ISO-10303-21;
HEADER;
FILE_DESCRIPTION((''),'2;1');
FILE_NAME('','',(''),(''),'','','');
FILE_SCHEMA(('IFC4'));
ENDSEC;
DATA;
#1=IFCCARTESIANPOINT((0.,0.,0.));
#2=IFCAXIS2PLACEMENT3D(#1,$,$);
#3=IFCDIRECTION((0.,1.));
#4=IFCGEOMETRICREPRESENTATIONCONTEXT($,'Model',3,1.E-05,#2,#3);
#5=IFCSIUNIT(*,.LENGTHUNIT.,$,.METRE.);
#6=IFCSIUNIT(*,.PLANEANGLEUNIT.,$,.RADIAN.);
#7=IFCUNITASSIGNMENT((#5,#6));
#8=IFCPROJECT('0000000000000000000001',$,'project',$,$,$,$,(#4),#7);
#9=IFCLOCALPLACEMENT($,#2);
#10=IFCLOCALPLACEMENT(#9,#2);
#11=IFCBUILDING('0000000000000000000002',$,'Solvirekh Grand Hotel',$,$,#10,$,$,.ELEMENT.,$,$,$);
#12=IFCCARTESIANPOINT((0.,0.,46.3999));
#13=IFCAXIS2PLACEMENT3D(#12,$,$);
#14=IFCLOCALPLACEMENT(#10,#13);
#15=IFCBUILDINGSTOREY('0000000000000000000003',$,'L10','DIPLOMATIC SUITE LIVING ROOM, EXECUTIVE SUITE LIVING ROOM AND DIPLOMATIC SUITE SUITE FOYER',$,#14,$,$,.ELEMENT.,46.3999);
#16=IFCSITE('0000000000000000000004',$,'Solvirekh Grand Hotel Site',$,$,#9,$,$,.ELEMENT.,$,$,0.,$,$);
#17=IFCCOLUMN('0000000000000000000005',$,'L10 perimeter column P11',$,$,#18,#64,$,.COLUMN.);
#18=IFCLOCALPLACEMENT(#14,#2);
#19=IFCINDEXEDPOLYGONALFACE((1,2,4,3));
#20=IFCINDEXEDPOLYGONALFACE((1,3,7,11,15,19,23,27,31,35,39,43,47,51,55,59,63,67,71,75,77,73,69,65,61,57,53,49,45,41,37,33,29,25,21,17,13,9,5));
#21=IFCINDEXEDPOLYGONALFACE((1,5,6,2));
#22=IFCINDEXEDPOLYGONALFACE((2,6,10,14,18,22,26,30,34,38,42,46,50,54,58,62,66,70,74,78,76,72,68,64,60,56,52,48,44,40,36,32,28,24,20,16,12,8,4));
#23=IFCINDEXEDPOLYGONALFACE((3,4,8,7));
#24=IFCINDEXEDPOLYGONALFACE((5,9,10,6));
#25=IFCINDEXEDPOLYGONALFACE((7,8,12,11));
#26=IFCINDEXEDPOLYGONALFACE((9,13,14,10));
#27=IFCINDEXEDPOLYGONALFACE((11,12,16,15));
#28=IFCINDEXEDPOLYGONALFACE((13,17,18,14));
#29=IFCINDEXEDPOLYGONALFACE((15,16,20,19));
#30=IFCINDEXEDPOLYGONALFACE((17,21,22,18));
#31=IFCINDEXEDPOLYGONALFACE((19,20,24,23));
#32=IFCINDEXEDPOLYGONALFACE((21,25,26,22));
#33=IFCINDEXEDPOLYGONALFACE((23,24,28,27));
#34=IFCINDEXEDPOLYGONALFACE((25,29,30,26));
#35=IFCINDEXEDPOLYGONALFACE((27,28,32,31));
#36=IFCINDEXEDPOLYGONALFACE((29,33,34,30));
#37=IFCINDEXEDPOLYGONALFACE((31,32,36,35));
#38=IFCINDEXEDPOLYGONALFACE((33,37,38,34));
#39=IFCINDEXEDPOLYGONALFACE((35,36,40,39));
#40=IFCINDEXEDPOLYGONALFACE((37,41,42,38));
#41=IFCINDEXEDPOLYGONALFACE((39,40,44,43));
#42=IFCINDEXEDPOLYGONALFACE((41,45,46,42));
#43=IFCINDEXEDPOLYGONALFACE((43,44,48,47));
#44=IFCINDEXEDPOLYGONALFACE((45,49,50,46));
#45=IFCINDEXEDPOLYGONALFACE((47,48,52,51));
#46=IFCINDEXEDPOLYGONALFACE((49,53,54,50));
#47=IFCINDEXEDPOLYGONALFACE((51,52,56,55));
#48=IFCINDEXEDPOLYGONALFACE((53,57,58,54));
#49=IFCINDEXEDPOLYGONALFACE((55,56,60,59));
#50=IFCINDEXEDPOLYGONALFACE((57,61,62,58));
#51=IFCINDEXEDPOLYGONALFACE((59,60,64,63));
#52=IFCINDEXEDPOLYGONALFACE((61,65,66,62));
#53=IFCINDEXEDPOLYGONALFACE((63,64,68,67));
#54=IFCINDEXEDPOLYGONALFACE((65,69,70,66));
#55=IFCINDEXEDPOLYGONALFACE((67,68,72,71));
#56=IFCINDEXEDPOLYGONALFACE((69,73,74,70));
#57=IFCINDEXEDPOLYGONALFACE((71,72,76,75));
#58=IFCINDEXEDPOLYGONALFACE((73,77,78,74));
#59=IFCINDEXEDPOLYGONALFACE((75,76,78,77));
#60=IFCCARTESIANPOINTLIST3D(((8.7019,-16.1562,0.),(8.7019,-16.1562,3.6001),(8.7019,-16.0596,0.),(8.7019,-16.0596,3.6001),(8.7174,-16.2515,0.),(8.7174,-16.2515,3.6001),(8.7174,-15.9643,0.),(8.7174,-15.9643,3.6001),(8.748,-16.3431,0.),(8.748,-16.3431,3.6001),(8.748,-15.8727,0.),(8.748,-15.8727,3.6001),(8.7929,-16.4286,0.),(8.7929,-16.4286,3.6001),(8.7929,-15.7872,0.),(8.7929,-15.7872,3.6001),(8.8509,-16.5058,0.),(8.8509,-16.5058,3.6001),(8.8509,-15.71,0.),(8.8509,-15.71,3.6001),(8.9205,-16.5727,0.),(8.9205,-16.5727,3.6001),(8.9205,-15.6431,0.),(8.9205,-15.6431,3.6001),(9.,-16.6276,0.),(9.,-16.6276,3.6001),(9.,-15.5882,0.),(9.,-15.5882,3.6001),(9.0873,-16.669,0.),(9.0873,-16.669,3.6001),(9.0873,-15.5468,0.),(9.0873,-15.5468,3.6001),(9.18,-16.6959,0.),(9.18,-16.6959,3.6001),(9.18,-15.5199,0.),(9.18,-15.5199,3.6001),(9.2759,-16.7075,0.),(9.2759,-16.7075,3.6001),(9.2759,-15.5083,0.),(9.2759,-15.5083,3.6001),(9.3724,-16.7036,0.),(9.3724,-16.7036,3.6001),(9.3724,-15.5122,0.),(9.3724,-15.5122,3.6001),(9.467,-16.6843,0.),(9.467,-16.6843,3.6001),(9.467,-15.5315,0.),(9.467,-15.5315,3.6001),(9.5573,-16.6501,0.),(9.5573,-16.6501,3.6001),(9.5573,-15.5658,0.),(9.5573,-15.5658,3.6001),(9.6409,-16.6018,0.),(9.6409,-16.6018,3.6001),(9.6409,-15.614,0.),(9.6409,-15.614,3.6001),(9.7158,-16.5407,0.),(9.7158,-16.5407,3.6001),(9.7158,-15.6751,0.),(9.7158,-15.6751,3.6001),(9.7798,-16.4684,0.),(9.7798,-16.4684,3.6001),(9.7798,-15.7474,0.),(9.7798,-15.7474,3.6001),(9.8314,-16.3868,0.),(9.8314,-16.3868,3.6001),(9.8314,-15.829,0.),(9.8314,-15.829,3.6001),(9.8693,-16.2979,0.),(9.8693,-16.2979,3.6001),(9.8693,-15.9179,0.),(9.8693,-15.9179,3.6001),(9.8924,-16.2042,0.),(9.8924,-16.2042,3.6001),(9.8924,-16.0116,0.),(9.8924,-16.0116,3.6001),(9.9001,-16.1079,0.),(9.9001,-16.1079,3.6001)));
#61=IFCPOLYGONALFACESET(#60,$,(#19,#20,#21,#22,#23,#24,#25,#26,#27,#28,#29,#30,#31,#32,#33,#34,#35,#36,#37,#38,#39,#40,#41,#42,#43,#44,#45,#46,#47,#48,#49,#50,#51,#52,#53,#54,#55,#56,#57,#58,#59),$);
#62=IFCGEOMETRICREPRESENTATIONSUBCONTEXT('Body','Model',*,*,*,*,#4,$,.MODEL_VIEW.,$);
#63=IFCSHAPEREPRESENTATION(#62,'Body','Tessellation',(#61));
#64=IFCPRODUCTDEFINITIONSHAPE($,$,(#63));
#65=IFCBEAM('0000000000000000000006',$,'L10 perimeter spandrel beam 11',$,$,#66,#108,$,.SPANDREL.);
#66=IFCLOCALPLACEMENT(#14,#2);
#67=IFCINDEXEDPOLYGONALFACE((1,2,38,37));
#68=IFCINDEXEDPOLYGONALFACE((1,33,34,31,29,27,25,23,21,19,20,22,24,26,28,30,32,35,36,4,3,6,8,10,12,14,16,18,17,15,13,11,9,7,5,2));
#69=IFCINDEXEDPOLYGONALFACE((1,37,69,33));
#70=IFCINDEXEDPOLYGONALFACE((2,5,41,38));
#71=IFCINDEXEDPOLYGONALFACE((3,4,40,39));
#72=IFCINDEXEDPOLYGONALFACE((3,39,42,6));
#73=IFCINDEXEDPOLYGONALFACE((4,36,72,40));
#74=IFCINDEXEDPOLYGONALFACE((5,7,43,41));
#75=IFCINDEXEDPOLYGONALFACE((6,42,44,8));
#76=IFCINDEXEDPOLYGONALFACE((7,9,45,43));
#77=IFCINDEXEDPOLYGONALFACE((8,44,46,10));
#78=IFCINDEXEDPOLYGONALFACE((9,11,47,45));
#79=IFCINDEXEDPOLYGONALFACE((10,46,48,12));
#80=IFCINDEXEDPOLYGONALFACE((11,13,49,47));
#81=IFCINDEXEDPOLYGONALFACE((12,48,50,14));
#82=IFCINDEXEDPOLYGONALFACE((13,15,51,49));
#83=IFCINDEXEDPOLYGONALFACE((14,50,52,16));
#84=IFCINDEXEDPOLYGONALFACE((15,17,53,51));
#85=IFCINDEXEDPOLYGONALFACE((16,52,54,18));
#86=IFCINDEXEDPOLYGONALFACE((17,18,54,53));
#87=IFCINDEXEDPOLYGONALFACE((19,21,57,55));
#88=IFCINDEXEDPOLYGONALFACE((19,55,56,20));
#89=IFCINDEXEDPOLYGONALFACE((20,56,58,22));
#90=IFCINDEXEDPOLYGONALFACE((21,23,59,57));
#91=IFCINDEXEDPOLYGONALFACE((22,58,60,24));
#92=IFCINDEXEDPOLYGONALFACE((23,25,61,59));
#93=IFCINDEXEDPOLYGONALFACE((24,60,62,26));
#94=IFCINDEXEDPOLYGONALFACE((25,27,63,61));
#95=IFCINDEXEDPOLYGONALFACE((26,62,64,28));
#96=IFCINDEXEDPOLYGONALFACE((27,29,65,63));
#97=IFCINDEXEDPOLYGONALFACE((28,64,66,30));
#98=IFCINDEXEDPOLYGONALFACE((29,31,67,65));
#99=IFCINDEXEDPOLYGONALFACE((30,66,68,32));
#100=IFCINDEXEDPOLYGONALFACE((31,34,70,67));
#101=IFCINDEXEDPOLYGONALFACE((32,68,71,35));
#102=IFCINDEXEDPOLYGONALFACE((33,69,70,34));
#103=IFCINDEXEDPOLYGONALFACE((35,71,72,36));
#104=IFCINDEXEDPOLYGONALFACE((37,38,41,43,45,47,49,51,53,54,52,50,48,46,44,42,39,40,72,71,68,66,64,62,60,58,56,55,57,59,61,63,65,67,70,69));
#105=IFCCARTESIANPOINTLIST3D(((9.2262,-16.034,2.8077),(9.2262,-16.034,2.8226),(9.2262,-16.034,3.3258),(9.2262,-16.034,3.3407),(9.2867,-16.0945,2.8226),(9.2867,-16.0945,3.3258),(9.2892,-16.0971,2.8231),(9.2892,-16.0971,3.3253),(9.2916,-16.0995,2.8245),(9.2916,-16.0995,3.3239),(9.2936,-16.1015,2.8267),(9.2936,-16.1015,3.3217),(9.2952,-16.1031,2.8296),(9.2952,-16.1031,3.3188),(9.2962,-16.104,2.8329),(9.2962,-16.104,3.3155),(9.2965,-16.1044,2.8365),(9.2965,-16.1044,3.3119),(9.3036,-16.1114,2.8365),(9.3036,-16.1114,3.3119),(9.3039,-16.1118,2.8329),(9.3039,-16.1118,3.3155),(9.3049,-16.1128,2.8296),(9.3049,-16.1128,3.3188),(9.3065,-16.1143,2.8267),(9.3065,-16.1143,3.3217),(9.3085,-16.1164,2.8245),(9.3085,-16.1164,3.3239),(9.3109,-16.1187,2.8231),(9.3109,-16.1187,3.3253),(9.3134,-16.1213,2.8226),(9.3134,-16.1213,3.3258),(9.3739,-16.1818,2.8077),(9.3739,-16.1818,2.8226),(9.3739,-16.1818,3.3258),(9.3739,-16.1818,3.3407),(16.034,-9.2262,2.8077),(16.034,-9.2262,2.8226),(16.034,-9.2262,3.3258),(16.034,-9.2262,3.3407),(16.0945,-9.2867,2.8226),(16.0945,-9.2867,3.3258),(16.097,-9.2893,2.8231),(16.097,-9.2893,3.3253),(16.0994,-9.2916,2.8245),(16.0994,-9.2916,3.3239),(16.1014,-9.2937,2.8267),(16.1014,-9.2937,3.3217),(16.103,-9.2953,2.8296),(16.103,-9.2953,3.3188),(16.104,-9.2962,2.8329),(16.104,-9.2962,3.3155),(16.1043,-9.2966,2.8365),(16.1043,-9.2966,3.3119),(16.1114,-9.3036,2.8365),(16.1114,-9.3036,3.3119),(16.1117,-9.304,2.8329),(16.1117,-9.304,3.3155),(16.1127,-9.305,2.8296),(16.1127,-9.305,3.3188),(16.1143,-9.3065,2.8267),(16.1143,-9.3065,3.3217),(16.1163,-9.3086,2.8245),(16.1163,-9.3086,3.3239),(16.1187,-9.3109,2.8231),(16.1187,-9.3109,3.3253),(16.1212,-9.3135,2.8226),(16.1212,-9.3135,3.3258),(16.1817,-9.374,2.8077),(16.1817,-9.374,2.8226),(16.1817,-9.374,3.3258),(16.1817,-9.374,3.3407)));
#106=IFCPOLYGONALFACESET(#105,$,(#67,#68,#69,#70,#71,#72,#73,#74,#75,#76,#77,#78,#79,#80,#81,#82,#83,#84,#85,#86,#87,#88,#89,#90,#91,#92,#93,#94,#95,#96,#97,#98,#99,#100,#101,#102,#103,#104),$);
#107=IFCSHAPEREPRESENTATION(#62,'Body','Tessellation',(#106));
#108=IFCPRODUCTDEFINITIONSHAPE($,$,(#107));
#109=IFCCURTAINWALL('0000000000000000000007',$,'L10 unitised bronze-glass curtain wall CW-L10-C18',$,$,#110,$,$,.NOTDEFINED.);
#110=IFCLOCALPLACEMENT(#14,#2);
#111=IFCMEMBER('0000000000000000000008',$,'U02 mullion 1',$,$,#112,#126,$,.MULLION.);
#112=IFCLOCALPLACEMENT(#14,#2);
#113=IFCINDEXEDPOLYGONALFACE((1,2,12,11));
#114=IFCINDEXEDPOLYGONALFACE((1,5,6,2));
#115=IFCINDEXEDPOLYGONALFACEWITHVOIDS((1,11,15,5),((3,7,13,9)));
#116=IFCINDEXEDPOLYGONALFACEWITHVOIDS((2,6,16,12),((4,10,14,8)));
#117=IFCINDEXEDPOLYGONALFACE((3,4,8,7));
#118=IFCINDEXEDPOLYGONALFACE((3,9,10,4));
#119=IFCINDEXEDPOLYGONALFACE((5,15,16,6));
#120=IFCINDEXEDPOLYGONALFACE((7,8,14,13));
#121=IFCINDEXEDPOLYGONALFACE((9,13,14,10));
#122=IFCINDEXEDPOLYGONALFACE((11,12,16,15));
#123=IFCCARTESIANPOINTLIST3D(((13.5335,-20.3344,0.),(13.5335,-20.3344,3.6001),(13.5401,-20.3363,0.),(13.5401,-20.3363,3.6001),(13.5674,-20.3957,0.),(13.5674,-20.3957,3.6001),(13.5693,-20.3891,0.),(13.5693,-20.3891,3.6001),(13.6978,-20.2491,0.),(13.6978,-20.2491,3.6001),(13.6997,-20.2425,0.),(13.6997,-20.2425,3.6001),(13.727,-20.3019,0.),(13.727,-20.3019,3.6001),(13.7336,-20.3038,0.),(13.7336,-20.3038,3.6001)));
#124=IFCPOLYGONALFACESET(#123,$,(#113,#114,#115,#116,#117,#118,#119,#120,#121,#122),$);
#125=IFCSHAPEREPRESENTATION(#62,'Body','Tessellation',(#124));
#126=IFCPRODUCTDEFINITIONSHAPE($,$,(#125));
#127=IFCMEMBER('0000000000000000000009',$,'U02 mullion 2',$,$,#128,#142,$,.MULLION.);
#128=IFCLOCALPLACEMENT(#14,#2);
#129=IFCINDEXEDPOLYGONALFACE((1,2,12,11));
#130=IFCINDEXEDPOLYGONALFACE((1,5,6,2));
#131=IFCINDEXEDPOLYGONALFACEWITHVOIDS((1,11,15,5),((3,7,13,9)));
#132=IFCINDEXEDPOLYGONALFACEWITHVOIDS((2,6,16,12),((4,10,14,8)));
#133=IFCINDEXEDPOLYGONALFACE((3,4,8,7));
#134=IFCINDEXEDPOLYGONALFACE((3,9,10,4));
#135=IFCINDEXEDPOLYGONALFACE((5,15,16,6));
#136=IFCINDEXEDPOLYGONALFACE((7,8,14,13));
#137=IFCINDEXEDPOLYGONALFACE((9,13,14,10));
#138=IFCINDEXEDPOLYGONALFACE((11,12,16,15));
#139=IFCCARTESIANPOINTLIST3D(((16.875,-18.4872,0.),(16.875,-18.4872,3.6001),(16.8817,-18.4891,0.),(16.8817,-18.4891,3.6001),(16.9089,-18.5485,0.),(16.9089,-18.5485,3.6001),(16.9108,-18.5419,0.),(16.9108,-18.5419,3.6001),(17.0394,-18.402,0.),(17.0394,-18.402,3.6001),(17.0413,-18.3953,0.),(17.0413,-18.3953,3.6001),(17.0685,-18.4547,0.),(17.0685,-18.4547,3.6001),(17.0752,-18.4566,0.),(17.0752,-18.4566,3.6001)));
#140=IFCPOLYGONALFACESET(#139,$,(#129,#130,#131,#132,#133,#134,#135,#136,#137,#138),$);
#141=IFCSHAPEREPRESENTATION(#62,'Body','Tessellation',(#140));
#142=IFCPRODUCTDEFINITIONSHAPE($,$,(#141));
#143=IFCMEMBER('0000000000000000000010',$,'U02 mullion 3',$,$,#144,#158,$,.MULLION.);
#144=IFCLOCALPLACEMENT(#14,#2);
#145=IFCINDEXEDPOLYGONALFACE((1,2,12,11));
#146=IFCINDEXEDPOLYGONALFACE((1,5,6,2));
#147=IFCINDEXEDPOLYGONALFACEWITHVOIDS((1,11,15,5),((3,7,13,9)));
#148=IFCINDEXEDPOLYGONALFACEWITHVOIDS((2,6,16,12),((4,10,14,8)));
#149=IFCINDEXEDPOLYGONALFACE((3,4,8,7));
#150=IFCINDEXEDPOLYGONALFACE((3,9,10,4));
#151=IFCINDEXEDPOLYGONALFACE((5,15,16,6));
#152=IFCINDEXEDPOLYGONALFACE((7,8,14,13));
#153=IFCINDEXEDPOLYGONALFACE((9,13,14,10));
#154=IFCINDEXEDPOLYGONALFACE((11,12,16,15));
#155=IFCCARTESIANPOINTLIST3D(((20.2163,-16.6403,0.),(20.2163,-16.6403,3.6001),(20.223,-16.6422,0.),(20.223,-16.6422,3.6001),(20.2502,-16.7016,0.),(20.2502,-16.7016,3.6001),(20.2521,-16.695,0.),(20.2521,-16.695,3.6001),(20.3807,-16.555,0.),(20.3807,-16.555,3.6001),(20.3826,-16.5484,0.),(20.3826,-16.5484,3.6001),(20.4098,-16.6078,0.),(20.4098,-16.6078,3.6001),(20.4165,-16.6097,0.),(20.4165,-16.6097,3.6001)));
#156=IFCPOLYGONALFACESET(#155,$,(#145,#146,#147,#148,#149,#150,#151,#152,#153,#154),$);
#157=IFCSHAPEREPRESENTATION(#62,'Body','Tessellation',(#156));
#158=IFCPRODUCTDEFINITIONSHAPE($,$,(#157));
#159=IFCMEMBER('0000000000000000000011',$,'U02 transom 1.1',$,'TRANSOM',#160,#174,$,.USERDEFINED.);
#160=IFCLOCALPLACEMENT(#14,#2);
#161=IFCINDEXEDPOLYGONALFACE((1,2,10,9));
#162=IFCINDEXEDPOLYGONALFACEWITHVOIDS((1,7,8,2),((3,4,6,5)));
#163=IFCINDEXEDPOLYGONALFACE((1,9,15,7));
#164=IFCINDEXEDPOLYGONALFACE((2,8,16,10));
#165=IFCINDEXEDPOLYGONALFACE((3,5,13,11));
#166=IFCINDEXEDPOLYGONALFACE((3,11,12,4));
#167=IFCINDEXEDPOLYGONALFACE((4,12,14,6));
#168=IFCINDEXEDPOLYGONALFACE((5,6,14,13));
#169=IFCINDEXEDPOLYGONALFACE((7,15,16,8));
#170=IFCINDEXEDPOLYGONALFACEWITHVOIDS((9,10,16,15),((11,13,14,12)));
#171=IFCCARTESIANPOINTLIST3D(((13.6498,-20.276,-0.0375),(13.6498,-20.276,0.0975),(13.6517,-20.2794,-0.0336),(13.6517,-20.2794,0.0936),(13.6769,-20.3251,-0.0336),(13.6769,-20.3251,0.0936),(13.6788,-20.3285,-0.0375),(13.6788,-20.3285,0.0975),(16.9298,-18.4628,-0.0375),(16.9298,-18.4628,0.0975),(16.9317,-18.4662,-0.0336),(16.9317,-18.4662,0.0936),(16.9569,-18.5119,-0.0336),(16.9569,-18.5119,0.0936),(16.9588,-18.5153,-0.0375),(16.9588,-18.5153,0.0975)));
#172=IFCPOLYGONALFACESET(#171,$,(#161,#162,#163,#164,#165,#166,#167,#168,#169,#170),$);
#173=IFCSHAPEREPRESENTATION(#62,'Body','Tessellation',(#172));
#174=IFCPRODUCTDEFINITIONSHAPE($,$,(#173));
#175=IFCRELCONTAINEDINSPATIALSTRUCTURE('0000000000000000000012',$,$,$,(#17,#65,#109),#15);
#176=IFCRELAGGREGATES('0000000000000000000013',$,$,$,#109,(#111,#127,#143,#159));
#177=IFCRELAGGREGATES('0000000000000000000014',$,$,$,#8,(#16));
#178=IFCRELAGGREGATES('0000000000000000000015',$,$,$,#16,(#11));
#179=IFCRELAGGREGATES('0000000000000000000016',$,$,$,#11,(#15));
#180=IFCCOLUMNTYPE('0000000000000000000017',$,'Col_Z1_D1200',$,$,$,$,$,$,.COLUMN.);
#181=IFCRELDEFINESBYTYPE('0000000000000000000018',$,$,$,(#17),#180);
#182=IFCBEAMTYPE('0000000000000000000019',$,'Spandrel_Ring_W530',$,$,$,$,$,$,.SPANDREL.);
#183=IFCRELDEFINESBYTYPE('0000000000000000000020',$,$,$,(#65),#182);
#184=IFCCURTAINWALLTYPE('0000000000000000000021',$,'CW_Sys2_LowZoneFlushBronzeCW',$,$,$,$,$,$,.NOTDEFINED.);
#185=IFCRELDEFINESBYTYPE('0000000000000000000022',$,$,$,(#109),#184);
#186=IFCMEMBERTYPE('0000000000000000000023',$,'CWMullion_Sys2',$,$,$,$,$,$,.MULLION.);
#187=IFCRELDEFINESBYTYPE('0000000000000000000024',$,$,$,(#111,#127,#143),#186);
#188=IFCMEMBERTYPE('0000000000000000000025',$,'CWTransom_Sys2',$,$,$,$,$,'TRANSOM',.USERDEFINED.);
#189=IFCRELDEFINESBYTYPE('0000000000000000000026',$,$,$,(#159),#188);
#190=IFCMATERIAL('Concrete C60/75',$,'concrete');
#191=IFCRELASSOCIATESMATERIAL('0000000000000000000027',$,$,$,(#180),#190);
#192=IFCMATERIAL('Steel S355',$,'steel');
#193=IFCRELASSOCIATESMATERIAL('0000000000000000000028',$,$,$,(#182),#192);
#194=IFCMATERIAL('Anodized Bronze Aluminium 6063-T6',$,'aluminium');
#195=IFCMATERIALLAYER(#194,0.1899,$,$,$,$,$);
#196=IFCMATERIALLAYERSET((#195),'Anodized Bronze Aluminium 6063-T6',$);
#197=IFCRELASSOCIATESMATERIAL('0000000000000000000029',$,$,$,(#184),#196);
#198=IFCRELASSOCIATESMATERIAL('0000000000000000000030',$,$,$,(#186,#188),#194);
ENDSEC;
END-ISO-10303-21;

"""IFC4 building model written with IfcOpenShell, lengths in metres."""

from ifc_helpers import new_model, si_unit, direction, frame, origin, origin_2d, place, context, subcontext, project, spatial, hollow_rectangle, circle, i_section, extrude, source, transform, mapped, material, layer, layer_set, material_profile, profile_set, type_object, element, aggregate, save


model = new_model("IFC4")

# Units and contexts
model_context = context("Model", 3, precision=1e-05, world=origin(), true_north=direction((0.0, 1.0)))
body_context = subcontext(model_context, "Body", "Model", "MODEL_VIEW")
ifc_project = project(units=[si_unit("LENGTHUNIT", "METRE"), si_unit("PLANEANGLEUNIT", "RADIAN")], contexts=[model_context])

# Site, building, storey
site_placement = place(None, origin())
site = spatial("IfcSite", under=ifc_project, at=site_placement, Name="Solvirekh Grand Hotel Site", CompositionType="ELEMENT", RefElevation=0.0)
building_placement = place(site_placement, origin())
building = spatial("IfcBuilding", under=site, at=building_placement, Name="Solvirekh Grand Hotel", CompositionType="ELEMENT")
storey_placement = place(building_placement, frame((0.0, 0.0, 46.3999)))
storey = spatial("IfcBuildingStorey", under=building, at=storey_placement, Name="L10", Description="DIPLOMATIC SUITE LIVING ROOM, EXECUTIVE SUITE LIVING ROOM AND DIPLOMATIC SUITE SUITE FOYER", CompositionType="ELEMENT", Elevation=46.3999)

# Column
ifc_material_1 = material(Name="Concrete C60/75", Category="concrete")
ifc_material_profile_1 = material_profile(ifc_material_1, circle(Radius=0.6001, at=origin_2d()), Name="RC CIRC D1200")
ifc_profile_set_1 = profile_set([ifc_material_profile_1], Name="Concrete C60/75")
column_type = type_object("IfcColumnType", Name="Col_Z1_D1200", PredefinedType="COLUMN", material=ifc_profile_set_1)
column_placement = place(storey_placement, frame((9.3, -16.1079, 0.0), z_axis=(0.0, 0.0, 1.0), x_axis=(1.0, 0.0, 0.0)))
element("IfcColumn", 1, at=column_placement, inside=storey, type_object=column_type, Name="L10 perimeter column P11", PredefinedType="COLUMN", context=body_context, shape_type="SweptSolid", body=[
    extrude(circle(Radius=0.6001, at=origin_2d()), origin(), (0.0, 0.0, 1.0), 3.6001),
])

# Beam
ifc_material_2 = material(Name="Steel S355", Category="steel")
ifc_material_profile_2 = material_profile(ifc_material_2, i_section(OverallWidth=0.209, OverallDepth=0.533, WebThickness=0.01, FlangeThickness=0.0149, FilletRadius=0.0139, at=origin_2d()), Name="W530X92")
ifc_profile_set_2 = profile_set([ifc_material_profile_2], Name="Steel S355")
beam_type = type_object("IfcBeamType", Name="Spandrel_Ring_W530", PredefinedType="SPANDREL", material=ifc_profile_set_2)
beam_placement = place(storey_placement, frame((9.3, -16.1079, 3.0742), z_axis=(0.707107, 0.707107, 0.0), x_axis=(-0.707107, 0.707107, 0.0)))
element("IfcBeam", 2, at=beam_placement, inside=storey, type_object=beam_type, Name="L10 perimeter spandrel beam 11", PredefinedType="SPANDREL", context=body_context, shape_type="SweptSolid", body=[
    extrude(i_section(OverallWidth=0.209, OverallDepth=0.533, WebThickness=0.01, FlangeThickness=0.0149, FilletRadius=0.0139, at=origin_2d()), origin(), (0.0, 0.0, 1.0), 9.6277),
])

# Curtain wall, members
ifc_material_3 = material(Name="Anodized Bronze Aluminium 6063-T6", Category="aluminium")
ifc_layer_1 = layer(ifc_material_3, 0.1899)
ifc_layer_set_1 = layer_set([ifc_layer_1], Name="Anodized Bronze Aluminium 6063-T6")
curtain_wall_type = type_object("IfcCurtainWallType", Name="CW_Sys2_LowZoneFlushBronzeCW", PredefinedType="NOTDEFINED", material=ifc_layer_set_1)
curtain_wall_placement = place(storey_placement, origin())
curtain_wall = element("IfcCurtainWall", 3, at=curtain_wall_placement, inside=storey, type_object=curtain_wall_type, Name="L10 unitised bronze-glass curtain wall CW-L10-C18", PredefinedType="NOTDEFINED")
ifc_material_profile_3 = material_profile(ifc_material_3, hollow_rectangle(XDim=0.0701, YDim=0.1899, WallThickness=0.0049, at=origin_2d()), Name="ALU RHS 190X70X5")
ifc_profile_set_3 = profile_set([ifc_material_profile_3], Name="Anodized Bronze Aluminium 6063-T6")
member_type_1 = type_object("IfcMemberType", Name="CWMullion_Sys2", PredefinedType="MULLION", material=ifc_profile_set_3)
shared_shape_1 = source(origin(), body_context, "Body", "SweptSolid", [
    extrude(hollow_rectangle(XDim=0.0701, YDim=0.1899, WallThickness=0.0049, at=origin_2d()), origin(), (0.0, 0.0, 1.0), 3.6001),
])
member_1_placement = place(storey_placement, frame((13.6335, -20.3191, 0.0), z_axis=(0.0, 0.0, 1.0), x_axis=(-0.483791, 0.875184, 0.0)))
member_1 = element("IfcMember", 4, at=member_1_placement, type_object=member_type_1, Name="U02 mullion 1", PredefinedType="MULLION", context=body_context, shape_type="MappedRepresentation", body=[
    mapped(shared_shape_1, transform((0.0, 0.0, 0.0), x_axis=(1.0, 0.0, 0.0), y_axis=(0.0, 1.0, 0.0), z_axis=(0.0, 0.0, 1.0), scale=1.0)),
])
member_2_placement = place(storey_placement, frame((16.9751, -18.4719, 0.0), z_axis=(0.0, 0.0, 1.0), x_axis=(-0.483791, 0.875184, 0.0)))
member_2 = element("IfcMember", 5, at=member_2_placement, type_object=member_type_1, Name="U02 mullion 2", PredefinedType="MULLION", context=body_context, shape_type="MappedRepresentation", body=[
    mapped(shared_shape_1, transform((0.0, 0.0, 0.0), x_axis=(1.0, 0.0, 0.0), y_axis=(0.0, 1.0, 0.0), z_axis=(0.0, 0.0, 1.0), scale=1.0)),
])
member_3_placement = place(storey_placement, frame((20.3164, -16.625, 0.0), z_axis=(0.0, 0.0, 1.0), x_axis=(-0.483791, 0.875184, 0.0)))
member_3 = element("IfcMember", 6, at=member_3_placement, type_object=member_type_1, Name="U02 mullion 3", PredefinedType="MULLION", context=body_context, shape_type="MappedRepresentation", body=[
    mapped(shared_shape_1, transform((0.0, 0.0, 0.0), x_axis=(1.0, 0.0, 0.0), y_axis=(0.0, 1.0, 0.0), z_axis=(0.0, 0.0, 1.0), scale=1.0)),
])
ifc_material_profile_4 = material_profile(ifc_material_3, hollow_rectangle(XDim=0.0601, YDim=0.135, WallThickness=0.0039, at=origin_2d()), Name="ALU RHS 135X60X4")
ifc_profile_set_4 = profile_set([ifc_material_profile_4], Name="Anodized Bronze Aluminium 6063-T6")
member_type_2 = type_object("IfcMemberType", Name="CWTransom_Sys2", ElementType="TRANSOM", PredefinedType="USERDEFINED", material=ifc_profile_set_4)
shared_shape_2 = source(origin(), body_context, "Body", "SweptSolid", [
    extrude(hollow_rectangle(XDim=0.0601, YDim=0.135, WallThickness=0.0039, at=origin_2d()), origin(), (0.0, 0.0, 1.0), 3.7478),
])
member_4_placement = place(storey_placement, frame((13.6643, -20.3022, 0.03), z_axis=(0.875175, 0.483806, 0.0), x_axis=(-0.483806, 0.875175, 0.0)))
member_4 = element("IfcMember", 7, at=member_4_placement, type_object=member_type_2, Name="U02 transom 1.1", ObjectType="TRANSOM", PredefinedType="USERDEFINED", context=body_context, shape_type="MappedRepresentation", body=[
    mapped(shared_shape_2, transform((0.0, 0.0, 0.0), x_axis=(1.0, 0.0, 0.0), y_axis=(0.0, 1.0, 0.0), z_axis=(0.0, 0.0, 1.0), scale=1.0)),
])
aggregate(curtain_wall, [member_1, member_2, member_3, member_4])

save(model, "model.ifc")
